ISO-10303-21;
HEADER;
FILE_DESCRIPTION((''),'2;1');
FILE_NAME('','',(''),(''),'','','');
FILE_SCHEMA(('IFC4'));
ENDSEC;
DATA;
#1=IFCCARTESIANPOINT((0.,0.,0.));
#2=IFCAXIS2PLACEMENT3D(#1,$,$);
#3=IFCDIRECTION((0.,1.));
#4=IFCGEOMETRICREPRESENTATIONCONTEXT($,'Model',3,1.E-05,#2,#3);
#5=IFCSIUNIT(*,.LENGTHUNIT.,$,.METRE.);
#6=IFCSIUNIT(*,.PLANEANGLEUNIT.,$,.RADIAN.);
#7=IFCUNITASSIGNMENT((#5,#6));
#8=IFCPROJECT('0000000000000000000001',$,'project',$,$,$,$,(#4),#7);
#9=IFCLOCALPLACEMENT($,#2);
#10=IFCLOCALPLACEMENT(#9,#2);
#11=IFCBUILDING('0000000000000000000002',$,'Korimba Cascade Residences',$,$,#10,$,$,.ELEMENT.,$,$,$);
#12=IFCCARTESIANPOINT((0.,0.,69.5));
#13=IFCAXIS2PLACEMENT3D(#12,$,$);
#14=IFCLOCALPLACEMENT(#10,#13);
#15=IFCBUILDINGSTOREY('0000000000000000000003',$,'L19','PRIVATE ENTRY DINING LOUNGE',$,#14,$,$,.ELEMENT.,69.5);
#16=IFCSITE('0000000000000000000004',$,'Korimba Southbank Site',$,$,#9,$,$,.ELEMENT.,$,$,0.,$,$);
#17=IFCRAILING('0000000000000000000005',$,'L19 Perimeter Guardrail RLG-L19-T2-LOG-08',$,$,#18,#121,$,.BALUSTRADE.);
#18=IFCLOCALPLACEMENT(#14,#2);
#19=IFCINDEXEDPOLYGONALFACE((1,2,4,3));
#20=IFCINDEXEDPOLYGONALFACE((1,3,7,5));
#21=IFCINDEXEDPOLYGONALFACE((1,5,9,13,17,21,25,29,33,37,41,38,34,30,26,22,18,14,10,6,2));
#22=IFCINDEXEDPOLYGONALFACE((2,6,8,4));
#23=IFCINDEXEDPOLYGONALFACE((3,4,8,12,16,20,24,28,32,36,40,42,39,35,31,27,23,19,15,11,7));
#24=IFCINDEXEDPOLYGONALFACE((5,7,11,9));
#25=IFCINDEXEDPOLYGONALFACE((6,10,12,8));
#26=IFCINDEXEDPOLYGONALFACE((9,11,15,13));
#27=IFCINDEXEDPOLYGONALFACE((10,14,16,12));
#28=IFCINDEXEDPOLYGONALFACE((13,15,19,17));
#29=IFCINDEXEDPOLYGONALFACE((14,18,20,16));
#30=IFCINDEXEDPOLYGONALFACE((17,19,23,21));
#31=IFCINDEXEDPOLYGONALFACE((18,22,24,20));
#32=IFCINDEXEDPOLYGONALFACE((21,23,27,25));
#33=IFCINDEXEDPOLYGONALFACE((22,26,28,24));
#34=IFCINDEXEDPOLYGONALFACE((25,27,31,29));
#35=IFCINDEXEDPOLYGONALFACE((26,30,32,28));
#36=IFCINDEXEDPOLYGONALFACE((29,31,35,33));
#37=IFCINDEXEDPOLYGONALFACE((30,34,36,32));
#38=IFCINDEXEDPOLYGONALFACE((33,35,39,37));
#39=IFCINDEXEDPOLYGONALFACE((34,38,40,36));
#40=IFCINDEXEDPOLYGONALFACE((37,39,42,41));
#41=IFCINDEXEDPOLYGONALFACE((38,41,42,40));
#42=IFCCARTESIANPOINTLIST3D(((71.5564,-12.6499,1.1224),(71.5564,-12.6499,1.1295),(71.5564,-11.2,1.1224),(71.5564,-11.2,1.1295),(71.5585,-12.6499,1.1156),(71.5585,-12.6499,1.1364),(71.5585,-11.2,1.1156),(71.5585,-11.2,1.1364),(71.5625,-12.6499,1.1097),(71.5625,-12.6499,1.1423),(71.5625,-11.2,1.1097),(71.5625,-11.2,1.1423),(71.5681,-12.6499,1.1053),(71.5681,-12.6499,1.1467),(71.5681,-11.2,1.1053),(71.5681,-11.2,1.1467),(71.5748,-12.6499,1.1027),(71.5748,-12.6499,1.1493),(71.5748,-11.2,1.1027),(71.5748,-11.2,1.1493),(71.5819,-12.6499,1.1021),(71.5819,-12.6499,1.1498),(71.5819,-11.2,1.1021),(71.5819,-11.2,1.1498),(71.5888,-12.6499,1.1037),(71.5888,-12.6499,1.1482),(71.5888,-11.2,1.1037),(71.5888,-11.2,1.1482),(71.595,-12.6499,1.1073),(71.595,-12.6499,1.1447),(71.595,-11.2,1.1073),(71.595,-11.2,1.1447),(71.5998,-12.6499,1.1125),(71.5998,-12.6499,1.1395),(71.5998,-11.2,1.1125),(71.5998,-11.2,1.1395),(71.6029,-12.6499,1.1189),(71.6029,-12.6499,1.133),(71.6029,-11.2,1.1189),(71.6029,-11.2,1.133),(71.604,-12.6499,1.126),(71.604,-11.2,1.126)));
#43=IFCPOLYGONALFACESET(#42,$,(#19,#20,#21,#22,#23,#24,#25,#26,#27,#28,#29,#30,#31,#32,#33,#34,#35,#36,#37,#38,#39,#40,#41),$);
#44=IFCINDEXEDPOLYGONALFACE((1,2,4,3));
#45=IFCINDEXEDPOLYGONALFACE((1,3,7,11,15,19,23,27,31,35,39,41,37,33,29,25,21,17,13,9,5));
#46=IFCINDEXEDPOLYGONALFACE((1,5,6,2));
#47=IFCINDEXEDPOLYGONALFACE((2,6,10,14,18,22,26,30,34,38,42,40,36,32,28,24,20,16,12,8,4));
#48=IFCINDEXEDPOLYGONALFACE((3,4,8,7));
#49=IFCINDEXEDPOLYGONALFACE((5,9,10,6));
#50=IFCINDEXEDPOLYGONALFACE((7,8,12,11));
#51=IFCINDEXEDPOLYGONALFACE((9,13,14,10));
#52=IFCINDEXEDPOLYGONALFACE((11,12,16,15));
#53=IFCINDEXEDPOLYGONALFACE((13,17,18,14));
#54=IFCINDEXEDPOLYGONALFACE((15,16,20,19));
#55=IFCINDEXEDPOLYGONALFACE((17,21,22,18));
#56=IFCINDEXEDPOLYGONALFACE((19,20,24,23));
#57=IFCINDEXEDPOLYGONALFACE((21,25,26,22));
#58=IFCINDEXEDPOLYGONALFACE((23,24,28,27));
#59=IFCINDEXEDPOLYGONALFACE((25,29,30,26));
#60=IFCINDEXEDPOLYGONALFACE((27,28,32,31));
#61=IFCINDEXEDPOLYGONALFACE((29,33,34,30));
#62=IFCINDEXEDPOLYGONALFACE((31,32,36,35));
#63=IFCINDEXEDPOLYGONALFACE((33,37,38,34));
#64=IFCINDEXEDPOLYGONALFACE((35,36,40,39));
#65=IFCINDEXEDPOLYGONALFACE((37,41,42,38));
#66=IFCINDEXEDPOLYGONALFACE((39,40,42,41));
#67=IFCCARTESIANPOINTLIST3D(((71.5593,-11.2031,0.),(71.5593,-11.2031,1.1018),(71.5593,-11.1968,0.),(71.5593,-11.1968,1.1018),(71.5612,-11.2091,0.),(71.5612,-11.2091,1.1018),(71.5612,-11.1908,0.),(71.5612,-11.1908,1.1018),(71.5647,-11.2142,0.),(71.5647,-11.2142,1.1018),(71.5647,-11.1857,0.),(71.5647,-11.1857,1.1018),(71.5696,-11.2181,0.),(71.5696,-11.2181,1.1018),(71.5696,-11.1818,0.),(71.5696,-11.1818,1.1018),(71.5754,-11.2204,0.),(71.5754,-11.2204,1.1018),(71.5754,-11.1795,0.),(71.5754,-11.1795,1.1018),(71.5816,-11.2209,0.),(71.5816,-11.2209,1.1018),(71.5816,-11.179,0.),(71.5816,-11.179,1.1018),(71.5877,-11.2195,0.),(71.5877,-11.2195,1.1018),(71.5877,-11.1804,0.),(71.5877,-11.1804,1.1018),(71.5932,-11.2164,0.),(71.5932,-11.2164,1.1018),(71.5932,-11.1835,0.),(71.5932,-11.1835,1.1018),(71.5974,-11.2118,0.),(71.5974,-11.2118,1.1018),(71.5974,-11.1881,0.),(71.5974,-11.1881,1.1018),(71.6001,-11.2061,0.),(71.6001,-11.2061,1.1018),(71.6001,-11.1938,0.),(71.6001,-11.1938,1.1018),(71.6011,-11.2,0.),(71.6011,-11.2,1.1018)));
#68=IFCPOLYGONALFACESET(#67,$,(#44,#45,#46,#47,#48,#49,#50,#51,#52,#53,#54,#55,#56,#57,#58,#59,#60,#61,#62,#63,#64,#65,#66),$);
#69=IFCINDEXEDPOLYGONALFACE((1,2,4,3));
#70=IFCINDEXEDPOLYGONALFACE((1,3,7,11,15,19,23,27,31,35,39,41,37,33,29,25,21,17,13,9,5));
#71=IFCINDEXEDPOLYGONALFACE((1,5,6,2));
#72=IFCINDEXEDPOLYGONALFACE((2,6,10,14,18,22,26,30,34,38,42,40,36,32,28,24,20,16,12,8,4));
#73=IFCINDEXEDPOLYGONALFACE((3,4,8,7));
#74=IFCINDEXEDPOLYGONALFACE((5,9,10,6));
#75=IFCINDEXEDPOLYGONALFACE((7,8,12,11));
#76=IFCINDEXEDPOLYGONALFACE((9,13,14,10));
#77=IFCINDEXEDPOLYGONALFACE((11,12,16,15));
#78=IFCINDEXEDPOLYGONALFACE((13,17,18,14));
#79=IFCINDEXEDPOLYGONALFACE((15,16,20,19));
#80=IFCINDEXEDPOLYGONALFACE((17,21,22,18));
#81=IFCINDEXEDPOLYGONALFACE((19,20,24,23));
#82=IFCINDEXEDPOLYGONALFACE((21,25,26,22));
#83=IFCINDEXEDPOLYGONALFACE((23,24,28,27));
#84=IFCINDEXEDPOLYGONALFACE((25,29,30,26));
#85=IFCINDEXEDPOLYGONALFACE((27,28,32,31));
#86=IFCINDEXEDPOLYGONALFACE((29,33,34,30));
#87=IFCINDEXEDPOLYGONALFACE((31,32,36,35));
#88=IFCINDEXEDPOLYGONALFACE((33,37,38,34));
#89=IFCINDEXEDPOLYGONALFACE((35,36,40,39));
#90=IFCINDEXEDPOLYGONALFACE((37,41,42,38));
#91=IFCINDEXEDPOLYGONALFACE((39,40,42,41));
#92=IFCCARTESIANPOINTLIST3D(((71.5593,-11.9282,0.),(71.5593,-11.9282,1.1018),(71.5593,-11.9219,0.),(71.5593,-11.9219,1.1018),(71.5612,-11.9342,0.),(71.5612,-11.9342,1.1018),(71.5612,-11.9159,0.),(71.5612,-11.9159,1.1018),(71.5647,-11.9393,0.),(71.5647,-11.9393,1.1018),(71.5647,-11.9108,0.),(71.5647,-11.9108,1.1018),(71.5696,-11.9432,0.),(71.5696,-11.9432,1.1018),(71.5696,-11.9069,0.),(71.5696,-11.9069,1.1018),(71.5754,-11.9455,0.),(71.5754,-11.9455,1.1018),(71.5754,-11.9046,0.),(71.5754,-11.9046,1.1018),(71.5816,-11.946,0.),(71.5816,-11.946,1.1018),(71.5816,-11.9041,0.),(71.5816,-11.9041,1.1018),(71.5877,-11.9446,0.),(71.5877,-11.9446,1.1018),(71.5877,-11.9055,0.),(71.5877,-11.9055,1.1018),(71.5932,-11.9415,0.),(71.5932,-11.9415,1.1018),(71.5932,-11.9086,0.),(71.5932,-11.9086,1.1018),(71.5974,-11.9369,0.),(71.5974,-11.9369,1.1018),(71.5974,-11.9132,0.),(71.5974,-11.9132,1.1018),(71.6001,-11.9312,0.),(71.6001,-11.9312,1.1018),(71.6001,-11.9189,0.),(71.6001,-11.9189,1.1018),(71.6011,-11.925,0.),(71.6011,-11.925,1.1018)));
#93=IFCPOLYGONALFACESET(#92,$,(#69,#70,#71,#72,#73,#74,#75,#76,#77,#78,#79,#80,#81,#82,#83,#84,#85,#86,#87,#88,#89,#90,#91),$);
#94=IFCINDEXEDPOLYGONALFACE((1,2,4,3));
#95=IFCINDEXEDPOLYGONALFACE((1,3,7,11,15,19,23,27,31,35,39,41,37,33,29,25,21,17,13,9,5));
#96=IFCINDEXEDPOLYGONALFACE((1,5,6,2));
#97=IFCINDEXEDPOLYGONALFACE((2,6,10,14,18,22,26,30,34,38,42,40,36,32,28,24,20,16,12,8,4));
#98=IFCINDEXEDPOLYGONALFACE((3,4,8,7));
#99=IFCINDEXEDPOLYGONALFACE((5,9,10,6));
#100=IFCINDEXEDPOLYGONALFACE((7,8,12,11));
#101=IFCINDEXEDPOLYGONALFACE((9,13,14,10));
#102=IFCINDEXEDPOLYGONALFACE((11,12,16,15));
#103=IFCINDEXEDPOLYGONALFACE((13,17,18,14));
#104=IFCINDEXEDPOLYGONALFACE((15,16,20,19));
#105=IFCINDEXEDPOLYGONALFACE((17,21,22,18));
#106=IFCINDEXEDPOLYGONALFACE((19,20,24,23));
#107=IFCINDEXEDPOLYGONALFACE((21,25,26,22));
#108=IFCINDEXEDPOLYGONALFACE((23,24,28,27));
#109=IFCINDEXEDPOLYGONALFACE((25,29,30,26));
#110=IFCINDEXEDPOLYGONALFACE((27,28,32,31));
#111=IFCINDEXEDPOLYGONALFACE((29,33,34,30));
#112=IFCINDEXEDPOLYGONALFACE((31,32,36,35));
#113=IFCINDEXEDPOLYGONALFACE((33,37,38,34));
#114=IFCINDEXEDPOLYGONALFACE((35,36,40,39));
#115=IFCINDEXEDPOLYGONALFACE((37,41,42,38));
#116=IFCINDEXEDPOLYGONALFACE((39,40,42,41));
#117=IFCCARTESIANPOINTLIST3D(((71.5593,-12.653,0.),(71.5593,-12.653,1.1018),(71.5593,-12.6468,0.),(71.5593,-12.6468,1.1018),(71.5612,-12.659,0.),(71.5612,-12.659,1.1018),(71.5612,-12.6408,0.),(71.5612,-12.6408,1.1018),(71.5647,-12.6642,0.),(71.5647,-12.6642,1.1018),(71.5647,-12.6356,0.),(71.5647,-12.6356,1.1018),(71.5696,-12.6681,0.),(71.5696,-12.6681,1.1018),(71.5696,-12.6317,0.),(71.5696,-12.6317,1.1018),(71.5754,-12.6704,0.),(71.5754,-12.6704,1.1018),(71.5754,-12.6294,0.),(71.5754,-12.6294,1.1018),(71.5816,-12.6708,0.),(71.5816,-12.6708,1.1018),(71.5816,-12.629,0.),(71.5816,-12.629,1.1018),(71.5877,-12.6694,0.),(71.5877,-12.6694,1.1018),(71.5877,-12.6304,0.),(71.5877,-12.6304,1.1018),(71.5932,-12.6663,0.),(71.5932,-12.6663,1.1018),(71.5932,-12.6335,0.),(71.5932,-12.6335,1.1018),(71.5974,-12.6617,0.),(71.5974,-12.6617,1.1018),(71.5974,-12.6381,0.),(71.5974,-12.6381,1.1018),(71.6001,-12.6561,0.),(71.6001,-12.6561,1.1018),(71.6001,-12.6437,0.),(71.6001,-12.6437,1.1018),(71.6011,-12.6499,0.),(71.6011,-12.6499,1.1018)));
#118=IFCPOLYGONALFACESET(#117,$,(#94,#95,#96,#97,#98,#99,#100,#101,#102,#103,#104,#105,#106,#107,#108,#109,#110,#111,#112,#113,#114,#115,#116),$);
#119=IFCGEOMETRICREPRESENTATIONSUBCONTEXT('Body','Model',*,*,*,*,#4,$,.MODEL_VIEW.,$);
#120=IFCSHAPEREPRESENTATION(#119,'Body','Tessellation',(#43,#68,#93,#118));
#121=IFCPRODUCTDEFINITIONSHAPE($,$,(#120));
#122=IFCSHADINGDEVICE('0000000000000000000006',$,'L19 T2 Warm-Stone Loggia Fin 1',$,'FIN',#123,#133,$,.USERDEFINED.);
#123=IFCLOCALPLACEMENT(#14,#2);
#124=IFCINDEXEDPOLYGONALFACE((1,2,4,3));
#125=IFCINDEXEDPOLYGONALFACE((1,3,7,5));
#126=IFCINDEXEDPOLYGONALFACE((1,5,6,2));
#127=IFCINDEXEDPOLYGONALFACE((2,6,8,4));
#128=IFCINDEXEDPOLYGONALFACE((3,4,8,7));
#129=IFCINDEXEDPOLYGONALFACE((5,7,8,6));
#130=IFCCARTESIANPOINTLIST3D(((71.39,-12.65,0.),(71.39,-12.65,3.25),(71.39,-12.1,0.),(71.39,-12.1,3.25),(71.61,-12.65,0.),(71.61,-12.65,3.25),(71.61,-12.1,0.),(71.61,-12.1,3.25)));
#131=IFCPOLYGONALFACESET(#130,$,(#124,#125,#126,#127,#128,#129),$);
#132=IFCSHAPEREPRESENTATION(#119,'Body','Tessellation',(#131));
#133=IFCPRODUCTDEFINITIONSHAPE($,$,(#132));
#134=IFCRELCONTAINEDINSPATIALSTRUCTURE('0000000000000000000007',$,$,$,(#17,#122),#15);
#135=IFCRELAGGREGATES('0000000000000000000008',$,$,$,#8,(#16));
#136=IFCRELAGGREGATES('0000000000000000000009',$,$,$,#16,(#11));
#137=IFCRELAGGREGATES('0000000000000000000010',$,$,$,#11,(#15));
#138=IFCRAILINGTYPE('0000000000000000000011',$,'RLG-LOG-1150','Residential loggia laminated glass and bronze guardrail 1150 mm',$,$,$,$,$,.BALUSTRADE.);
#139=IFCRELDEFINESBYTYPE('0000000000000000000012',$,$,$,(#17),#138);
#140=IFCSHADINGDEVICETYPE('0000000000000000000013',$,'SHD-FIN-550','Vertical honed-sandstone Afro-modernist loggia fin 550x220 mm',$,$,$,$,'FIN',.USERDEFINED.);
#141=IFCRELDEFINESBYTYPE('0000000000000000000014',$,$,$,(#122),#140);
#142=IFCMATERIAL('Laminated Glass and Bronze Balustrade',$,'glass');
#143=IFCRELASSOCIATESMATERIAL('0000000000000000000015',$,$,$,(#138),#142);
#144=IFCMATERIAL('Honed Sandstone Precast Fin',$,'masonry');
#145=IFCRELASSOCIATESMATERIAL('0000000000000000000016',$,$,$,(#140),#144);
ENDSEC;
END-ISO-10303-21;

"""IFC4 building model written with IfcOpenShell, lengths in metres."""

from ifc_helpers import new_model, si_unit, direction, frame, origin, origin_2d, place, context, subcontext, project, spatial, rectangle, circle, extrude, material, type_object, element, save


model = new_model("IFC4")

# Units and contexts
model_context = context("Model", 3, precision=1e-05, world=origin(), true_north=direction((0.0, 1.0)))
body_context = subcontext(model_context, "Body", "Model", "MODEL_VIEW")
ifc_project = project(units=[si_unit("LENGTHUNIT", "METRE"), si_unit("PLANEANGLEUNIT", "RADIAN")], contexts=[model_context])

# Site, building, storey
site_placement = place(None, origin())
site = spatial("IfcSite", under=ifc_project, at=site_placement, Name="Korimba Southbank Site", CompositionType="ELEMENT", RefElevation=0.0)
building_placement = place(site_placement, origin())
building = spatial("IfcBuilding", under=site, at=building_placement, Name="Korimba Cascade Residences", CompositionType="ELEMENT")
storey_placement = place(building_placement, frame((0.0, 0.0, 69.5)))
storey = spatial("IfcBuildingStorey", under=building, at=storey_placement, Name="L19", Description="PRIVATE ENTRY DINING LOUNGE", CompositionType="ELEMENT", Elevation=69.5)

# Railing
ifc_material_1 = material(Name="Laminated Glass and Bronze Balustrade", Category="glass")
railing_type = type_object("IfcRailingType", Name="RLG-LOG-1150", Description="Residential loggia laminated glass and bronze guardrail 1150 mm", PredefinedType="BALUSTRADE", material=ifc_material_1)
railing_1_placement = place(storey_placement, frame((71.5801, -11.2, 0.0)))
element("IfcRailing", 1, at=railing_1_placement, inside=storey, type_object=railing_type, Name="L19 Perimeter Guardrail RLG-L19-T2-LOG-08", PredefinedType="BALUSTRADE", context=body_context, shape_type="SweptSolid", body=[
    extrude(circle(Radius=0.0239, at=origin_2d()), frame((0.0, 0.0, 1.126), z_axis=(0.0, -1.0, 0.0), x_axis=(1.0, 0.0, 0.0)), (0.0, 0.0, 1.0), 1.45),
    extrude(circle(Radius=0.021, at=origin_2d()), origin(), (0.0, 0.0, 1.0), 1.1018),
    extrude(circle(Radius=0.021, at=origin_2d()), frame((0.0, -0.7251, 0.0)), (0.0, 0.0, 1.0), 1.1018),
    extrude(circle(Radius=0.021, at=origin_2d()), frame((0.0, -1.45, 0.0)), (0.0, 0.0, 1.0), 1.1018),
])

# Shading device
ifc_material_2 = material(Name="Honed Sandstone Precast Fin", Category="masonry")
shading_device_type = type_object("IfcShadingDeviceType", Name="SHD-FIN-550", Description="Vertical honed-sandstone Afro-modernist loggia fin 550x220 mm", ElementType="FIN", PredefinedType="USERDEFINED", material=ifc_material_2)
shading_device_placement = place(storey_placement, frame((71.5, -12.375, 0.0), z_axis=(0.0, 0.0, 1.0), x_axis=(1.0, 0.0, 0.0)))
element("IfcShadingDevice", 2, at=shading_device_placement, inside=storey, type_object=shading_device_type, Name="L19 T2 Warm-Stone Loggia Fin 1", ObjectType="FIN", PredefinedType="USERDEFINED", context=body_context, shape_type="SweptSolid", body=[
    extrude(rectangle(XDim=0.22, YDim=0.55, at=origin_2d()), origin(), (0.0, 0.0, 1.0), 3.25),
])

save(model, "model.ifc")
